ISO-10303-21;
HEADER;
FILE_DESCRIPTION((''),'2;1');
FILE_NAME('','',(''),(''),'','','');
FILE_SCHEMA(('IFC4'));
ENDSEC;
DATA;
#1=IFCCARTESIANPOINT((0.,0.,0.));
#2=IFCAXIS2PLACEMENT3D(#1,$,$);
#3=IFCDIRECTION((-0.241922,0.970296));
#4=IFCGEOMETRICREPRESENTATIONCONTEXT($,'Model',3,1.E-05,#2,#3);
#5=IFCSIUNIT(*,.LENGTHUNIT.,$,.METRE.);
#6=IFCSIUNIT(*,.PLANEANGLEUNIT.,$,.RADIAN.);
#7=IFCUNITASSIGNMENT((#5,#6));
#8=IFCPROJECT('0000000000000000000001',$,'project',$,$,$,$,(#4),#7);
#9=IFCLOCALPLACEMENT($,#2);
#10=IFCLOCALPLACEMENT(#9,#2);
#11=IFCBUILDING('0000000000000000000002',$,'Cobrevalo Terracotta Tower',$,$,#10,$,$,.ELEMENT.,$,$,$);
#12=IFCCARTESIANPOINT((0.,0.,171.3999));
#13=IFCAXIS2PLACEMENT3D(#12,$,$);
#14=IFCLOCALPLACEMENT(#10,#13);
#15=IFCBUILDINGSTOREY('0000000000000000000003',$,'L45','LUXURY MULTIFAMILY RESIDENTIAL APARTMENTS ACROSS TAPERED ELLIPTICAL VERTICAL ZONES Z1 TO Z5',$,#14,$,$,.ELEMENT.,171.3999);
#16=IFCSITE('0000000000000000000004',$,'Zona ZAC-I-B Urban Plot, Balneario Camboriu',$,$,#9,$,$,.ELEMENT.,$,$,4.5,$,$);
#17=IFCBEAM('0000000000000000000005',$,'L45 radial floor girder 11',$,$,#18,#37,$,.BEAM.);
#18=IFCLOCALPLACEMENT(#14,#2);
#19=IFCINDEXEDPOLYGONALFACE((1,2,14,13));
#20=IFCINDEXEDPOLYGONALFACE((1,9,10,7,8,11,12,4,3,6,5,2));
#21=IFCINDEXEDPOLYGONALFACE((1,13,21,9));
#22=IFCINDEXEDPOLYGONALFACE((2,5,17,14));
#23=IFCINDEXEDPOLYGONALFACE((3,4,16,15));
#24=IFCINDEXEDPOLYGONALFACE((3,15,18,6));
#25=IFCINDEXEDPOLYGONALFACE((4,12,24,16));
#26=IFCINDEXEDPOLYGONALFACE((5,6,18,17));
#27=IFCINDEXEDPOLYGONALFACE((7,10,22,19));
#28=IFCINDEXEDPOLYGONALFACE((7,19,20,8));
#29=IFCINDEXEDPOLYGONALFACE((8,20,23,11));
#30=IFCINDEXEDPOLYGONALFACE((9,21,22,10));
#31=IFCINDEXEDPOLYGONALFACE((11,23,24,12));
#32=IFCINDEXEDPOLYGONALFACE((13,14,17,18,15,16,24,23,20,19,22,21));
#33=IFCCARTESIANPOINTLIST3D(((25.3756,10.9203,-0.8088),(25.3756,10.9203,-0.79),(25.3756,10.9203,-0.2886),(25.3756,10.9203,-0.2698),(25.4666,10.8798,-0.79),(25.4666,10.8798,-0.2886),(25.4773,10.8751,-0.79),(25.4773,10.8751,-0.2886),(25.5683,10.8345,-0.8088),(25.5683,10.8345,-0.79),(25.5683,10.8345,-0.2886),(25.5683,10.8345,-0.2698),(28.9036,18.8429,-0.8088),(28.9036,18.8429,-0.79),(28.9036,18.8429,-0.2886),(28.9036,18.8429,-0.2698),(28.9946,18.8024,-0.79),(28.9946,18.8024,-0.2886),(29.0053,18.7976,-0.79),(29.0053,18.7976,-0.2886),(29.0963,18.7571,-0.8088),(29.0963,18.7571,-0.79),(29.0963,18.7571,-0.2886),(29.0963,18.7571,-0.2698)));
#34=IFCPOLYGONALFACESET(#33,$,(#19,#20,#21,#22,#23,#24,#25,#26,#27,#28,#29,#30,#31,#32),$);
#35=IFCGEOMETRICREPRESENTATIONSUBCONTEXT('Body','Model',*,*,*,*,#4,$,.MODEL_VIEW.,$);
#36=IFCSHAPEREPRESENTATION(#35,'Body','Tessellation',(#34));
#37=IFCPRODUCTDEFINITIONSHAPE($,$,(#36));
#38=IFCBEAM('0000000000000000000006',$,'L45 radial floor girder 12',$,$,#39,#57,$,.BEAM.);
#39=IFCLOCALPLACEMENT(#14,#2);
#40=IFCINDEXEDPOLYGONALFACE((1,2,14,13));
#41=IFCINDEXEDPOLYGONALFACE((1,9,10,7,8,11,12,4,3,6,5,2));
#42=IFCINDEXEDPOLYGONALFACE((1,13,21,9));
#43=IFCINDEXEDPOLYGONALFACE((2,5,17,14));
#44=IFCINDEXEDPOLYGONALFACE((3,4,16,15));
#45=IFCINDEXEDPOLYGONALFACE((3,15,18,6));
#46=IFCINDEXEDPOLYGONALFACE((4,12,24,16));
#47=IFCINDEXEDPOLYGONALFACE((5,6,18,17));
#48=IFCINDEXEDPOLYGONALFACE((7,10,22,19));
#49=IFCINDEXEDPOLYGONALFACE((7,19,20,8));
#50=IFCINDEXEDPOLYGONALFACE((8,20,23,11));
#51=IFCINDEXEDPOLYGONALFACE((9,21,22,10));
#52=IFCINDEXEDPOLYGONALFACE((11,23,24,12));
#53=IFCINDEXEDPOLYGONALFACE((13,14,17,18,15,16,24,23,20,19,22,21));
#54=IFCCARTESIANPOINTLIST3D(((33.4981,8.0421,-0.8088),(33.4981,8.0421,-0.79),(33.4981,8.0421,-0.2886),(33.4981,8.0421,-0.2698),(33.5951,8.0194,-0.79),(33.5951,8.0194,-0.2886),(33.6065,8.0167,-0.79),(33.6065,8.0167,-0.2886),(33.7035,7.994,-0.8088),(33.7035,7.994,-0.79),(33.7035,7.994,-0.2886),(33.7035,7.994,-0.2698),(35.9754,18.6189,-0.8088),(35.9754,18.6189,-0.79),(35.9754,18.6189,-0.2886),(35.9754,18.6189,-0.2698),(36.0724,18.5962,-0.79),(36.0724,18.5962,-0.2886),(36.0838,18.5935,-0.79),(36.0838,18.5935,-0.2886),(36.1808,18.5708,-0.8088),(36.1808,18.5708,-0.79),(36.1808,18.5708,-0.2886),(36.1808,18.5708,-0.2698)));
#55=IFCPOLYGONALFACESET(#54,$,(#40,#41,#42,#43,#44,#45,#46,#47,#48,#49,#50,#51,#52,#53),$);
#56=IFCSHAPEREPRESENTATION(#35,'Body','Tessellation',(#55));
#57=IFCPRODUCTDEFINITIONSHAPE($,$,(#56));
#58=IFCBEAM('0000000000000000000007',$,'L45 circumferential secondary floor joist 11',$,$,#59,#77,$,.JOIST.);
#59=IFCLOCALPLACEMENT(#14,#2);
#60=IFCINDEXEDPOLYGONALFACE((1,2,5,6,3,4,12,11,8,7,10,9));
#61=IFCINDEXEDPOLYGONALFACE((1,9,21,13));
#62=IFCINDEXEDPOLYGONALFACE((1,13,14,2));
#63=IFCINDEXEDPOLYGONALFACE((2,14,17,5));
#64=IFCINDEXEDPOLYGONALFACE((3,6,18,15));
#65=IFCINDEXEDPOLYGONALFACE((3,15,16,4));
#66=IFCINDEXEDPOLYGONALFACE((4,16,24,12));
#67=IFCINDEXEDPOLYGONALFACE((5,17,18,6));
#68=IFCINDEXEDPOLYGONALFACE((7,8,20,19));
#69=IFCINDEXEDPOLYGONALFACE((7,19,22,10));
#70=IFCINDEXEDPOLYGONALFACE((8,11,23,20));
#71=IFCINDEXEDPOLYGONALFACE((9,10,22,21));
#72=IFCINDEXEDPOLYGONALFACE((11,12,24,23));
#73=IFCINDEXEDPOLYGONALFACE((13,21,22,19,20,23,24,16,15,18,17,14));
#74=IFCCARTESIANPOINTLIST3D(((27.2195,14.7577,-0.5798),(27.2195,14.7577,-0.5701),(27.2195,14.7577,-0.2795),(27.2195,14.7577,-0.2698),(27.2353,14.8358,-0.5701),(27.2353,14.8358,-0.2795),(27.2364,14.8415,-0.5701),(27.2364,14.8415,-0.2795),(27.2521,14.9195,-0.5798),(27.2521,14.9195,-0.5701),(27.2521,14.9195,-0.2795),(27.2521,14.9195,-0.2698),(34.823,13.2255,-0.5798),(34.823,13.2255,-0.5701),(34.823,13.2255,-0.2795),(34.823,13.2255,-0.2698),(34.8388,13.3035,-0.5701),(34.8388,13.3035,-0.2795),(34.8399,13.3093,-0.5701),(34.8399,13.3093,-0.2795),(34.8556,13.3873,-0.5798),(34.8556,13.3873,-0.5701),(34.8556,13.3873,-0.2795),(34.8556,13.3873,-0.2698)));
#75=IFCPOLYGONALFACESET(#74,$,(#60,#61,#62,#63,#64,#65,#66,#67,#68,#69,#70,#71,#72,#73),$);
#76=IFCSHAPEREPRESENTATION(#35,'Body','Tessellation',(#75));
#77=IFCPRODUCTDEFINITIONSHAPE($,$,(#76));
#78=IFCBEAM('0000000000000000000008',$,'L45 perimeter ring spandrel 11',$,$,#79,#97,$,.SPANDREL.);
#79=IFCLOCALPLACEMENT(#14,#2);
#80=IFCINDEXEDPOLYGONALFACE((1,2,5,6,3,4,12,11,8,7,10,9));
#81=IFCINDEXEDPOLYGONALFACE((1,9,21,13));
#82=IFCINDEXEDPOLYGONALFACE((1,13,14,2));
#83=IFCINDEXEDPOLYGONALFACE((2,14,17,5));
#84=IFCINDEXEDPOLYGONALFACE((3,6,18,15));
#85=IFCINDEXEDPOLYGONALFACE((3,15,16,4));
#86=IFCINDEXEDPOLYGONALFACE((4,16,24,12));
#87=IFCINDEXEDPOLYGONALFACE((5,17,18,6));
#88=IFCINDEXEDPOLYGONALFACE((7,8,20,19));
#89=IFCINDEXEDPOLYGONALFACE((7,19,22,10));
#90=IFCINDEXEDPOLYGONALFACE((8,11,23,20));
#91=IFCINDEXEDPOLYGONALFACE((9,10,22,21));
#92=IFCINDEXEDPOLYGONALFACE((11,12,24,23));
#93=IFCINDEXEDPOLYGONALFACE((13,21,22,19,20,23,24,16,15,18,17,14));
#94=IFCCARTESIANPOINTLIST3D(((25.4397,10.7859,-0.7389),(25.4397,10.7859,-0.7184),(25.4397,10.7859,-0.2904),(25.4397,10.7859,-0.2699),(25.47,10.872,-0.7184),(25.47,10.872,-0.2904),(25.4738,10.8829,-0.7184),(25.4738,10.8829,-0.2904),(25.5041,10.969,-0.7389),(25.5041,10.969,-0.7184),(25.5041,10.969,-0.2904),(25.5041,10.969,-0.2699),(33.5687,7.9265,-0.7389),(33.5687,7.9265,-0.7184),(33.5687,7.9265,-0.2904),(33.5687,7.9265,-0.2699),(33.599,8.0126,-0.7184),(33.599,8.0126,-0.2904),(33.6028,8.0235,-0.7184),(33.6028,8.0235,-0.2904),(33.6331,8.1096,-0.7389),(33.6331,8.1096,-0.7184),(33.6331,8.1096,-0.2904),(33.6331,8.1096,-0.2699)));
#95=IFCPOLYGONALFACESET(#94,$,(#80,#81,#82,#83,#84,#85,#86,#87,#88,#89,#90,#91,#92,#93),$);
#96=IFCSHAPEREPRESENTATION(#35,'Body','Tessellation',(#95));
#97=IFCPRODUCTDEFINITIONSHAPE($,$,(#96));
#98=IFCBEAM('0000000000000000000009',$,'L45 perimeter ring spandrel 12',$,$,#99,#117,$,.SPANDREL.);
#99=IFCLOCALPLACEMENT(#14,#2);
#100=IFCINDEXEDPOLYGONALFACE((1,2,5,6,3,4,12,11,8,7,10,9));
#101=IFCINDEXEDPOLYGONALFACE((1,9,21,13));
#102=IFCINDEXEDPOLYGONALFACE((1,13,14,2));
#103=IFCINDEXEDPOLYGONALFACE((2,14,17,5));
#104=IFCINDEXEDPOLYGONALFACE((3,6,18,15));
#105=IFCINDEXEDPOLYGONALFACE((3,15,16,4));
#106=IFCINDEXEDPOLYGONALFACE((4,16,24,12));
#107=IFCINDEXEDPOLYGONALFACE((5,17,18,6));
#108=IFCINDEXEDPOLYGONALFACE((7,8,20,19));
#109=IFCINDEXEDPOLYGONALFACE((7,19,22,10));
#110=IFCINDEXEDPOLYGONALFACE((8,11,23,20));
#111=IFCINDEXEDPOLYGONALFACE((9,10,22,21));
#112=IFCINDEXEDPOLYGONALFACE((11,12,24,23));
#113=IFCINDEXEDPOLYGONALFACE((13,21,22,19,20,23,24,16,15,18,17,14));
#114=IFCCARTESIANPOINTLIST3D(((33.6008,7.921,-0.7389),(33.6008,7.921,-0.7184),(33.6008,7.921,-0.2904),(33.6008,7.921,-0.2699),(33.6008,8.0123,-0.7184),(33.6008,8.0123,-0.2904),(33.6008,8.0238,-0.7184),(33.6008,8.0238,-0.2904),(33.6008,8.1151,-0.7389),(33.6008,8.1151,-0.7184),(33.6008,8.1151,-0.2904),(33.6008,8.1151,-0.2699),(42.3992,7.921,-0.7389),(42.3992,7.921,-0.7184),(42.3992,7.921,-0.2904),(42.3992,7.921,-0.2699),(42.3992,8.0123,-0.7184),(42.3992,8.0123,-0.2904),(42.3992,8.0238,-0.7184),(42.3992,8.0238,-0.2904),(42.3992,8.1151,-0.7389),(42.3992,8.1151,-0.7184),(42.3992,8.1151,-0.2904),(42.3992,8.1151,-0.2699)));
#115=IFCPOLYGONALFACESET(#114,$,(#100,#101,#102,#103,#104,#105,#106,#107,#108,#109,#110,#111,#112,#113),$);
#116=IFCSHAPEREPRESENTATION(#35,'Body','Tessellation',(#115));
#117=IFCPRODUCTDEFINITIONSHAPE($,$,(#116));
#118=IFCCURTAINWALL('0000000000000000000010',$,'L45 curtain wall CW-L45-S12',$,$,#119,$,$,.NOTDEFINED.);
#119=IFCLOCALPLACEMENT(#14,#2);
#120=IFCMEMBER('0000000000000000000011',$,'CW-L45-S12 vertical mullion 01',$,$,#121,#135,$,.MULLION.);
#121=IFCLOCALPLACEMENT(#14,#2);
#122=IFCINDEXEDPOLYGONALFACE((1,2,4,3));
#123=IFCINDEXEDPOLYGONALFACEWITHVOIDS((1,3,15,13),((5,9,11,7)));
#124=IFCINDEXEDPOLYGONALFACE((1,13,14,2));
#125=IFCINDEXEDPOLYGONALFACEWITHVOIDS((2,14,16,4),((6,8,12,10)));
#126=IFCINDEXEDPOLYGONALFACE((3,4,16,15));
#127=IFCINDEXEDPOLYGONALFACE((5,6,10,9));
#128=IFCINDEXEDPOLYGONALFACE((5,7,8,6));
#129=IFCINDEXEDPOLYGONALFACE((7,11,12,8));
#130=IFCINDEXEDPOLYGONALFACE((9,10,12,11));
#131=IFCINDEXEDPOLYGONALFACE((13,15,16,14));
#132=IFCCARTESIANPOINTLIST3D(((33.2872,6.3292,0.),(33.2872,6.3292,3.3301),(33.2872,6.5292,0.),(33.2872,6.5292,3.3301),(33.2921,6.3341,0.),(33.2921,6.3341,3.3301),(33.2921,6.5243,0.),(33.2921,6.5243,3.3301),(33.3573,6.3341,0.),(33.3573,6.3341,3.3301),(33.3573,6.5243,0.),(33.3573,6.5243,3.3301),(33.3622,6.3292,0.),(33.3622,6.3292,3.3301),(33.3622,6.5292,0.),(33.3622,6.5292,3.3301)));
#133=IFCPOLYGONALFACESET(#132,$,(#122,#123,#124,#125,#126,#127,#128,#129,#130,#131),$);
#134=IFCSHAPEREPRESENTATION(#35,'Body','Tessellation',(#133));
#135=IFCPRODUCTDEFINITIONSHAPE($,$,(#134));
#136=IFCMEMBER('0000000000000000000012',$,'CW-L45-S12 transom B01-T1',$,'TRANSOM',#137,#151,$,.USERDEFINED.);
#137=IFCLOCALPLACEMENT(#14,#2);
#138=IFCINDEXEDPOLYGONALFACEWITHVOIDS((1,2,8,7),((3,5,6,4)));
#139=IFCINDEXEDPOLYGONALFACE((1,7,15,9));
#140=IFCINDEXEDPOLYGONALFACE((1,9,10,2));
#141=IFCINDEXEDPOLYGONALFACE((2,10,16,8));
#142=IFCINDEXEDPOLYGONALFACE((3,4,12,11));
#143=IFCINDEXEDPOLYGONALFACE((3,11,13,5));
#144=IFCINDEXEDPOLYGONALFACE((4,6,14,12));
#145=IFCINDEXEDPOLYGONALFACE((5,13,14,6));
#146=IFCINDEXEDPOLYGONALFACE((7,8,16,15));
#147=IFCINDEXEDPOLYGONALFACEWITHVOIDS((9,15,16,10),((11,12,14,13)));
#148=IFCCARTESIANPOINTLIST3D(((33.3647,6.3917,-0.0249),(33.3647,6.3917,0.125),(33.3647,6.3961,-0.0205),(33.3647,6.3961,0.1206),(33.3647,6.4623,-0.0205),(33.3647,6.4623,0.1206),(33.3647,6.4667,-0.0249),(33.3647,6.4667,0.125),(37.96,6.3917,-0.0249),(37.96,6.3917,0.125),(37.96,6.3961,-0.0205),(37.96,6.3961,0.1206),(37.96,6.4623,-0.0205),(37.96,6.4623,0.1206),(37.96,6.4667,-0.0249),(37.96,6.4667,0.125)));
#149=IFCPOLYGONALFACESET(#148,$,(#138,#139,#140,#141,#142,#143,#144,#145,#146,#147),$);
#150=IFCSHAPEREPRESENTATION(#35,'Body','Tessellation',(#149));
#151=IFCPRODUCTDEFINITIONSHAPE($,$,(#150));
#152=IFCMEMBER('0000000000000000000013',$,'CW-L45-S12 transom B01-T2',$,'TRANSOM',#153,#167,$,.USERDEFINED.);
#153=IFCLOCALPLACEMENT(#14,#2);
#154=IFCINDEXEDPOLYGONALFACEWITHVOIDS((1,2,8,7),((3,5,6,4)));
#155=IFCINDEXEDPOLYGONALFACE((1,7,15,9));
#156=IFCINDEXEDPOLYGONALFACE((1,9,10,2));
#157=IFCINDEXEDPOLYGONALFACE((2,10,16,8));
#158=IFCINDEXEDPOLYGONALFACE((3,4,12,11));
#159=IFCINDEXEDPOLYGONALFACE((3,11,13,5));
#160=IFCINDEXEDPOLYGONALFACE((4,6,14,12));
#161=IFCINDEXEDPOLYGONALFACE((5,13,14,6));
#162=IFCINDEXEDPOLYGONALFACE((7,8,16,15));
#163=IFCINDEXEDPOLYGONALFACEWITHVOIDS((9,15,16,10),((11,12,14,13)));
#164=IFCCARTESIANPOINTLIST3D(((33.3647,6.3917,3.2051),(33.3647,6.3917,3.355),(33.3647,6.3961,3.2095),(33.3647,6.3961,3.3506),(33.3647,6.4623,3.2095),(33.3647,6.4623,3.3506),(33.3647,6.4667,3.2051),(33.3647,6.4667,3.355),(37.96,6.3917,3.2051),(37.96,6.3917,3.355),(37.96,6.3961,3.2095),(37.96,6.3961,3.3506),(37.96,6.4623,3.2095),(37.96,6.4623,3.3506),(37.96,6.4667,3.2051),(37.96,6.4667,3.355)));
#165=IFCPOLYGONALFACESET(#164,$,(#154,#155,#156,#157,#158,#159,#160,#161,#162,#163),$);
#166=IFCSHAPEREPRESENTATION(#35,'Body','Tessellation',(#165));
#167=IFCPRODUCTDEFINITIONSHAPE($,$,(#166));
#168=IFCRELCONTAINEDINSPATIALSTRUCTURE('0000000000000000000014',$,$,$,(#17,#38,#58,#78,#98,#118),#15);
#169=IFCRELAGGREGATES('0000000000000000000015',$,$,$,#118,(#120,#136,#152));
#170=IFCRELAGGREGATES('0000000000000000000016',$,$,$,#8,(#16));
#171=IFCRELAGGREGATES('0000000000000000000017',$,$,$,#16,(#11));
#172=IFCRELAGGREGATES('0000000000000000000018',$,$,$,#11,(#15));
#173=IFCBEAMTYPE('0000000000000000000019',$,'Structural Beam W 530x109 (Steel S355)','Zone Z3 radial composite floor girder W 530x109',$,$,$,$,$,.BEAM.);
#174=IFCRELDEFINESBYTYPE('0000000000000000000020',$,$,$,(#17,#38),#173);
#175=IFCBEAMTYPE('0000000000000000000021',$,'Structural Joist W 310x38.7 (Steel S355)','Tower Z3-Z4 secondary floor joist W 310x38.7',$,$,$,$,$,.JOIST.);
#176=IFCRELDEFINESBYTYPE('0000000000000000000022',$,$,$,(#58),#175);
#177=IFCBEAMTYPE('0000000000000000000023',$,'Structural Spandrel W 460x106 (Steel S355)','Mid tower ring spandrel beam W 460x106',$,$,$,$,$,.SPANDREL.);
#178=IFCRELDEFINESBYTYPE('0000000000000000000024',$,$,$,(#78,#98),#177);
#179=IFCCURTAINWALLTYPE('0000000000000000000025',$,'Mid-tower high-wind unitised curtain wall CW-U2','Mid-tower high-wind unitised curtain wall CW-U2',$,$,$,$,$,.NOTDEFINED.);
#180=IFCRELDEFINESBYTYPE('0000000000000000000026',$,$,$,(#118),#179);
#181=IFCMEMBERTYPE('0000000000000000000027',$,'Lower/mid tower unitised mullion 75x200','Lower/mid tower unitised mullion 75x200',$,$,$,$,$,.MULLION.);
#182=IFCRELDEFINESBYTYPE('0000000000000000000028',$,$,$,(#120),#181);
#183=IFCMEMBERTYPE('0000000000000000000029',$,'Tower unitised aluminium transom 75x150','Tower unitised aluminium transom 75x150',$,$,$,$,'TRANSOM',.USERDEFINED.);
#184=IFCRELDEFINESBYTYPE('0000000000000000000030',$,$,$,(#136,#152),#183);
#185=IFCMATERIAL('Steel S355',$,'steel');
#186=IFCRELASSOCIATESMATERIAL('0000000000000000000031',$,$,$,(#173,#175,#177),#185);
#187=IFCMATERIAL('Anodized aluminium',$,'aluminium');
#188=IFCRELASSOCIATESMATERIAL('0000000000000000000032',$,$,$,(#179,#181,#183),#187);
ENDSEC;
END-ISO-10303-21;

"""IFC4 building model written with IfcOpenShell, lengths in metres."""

from ifc_helpers import new_model, si_unit, direction, frame, origin, origin_2d, place, context, subcontext, project, spatial, hollow_rectangle, i_section, extrude, source, transform, mapped, material, material_profile, profile_set, type_object, element, aggregate, save


model = new_model("IFC4")

# Units and contexts
model_context = context("Model", 3, precision=1e-05, world=origin(), true_north=direction((-0.241922, 0.970296)))
body_context = subcontext(model_context, "Body", "Model", "MODEL_VIEW")
ifc_project = project(units=[si_unit("LENGTHUNIT", "METRE"), si_unit("PLANEANGLEUNIT", "RADIAN")], contexts=[model_context])

# Site, building, storey
site_placement = place(None, origin())
site = spatial("IfcSite", under=ifc_project, at=site_placement, Name="Zona ZAC-I-B Urban Plot, Balneario Camboriu", CompositionType="ELEMENT", RefElevation=4.5)
building_placement = place(site_placement, origin())
building = spatial("IfcBuilding", under=site, at=building_placement, Name="Cobrevalo Terracotta Tower", CompositionType="ELEMENT")
storey_placement = place(building_placement, frame((0.0, 0.0, 171.3999)))
storey = spatial("IfcBuildingStorey", under=building, at=storey_placement, Name="L45", Description="LUXURY MULTIFAMILY RESIDENTIAL APARTMENTS ACROSS TAPERED ELLIPTICAL VERTICAL ZONES Z1 TO Z5", CompositionType="ELEMENT", Elevation=171.3999)

# Shared definitions
ifc_material_1 = material(Name="Steel S355", Category="steel")

# Beams
ifc_material_profile_1 = material_profile(ifc_material_1, i_section(OverallWidth=0.2109, OverallDepth=0.5391, WebThickness=0.0117, FlangeThickness=0.0188, at=origin_2d()), Name="W 530x109")
ifc_profile_set_1 = profile_set([ifc_material_profile_1], Name="Steel S355")
beam_type_1 = type_object("IfcBeamType", Name="Structural Beam W 530x109 (Steel S355)", Description="Zone Z3 radial composite floor girder W 530x109", PredefinedType="BEAM", material=ifc_profile_set_1)
beam_1_placement = place(storey_placement, frame((25.4719, 10.8774, -0.5393), z_axis=(0.406804, 0.913515, 0.0), x_axis=(-0.913515, 0.406804, 0.0)))
element("IfcBeam", 1, at=beam_1_placement, inside=storey, type_object=beam_type_1, Name="L45 radial floor girder 11", PredefinedType="BEAM", context=body_context, shape_type="SweptSolid", body=[
    extrude(i_section(OverallWidth=0.2109, OverallDepth=0.5391, WebThickness=0.0117, FlangeThickness=0.0188, at=origin_2d()), origin(), (0.0, 0.0, 1.0), 8.6726),
])
beam_2_placement = place(storey_placement, frame((33.6008, 8.0181, -0.5393), z_axis=(0.228046, 0.97365, 0.0), x_axis=(-0.97365, 0.228046, 0.0)))
element("IfcBeam", 2, at=beam_2_placement, inside=storey, type_object=beam_type_1, Name="L45 radial floor girder 12", PredefinedType="BEAM", context=body_context, shape_type="SweptSolid", body=[
    extrude(i_section(OverallWidth=0.2109, OverallDepth=0.5391, WebThickness=0.0117, FlangeThickness=0.0188, at=origin_2d()), origin(), (0.0, 0.0, 1.0), 10.863),
])
ifc_material_profile_2 = material_profile(ifc_material_1, i_section(OverallWidth=0.165, OverallDepth=0.3101, WebThickness=0.0059, FlangeThickness=0.0098, at=origin_2d()), Name="W 310x38.7")
ifc_profile_set_2 = profile_set([ifc_material_profile_2], Name="Steel S355")
beam_type_2 = type_object("IfcBeamType", Name="Structural Joist W 310x38.7 (Steel S355)", Description="Tower Z3-Z4 secondary floor joist W 310x38.7", PredefinedType="JOIST", material=ifc_profile_set_2)
beam_3_placement = place(storey_placement, frame((27.2358, 14.8386, -0.4248), z_axis=(0.980294, -0.197544, 0.0), x_axis=(0.197544, 0.980294, 0.0)))
element("IfcBeam", 3, at=beam_3_placement, inside=storey, type_object=beam_type_2, Name="L45 circumferential secondary floor joist 11", PredefinedType="JOIST", context=body_context, shape_type="SweptSolid", body=[
    extrude(i_section(OverallWidth=0.165, OverallDepth=0.3101, WebThickness=0.0059, FlangeThickness=0.0098, at=origin_2d()), origin(), (0.0, 0.0, 1.0), 7.7563),
])
ifc_material_profile_3 = material_profile(ifc_material_1, i_section(OverallWidth=0.1941, OverallDepth=0.469, WebThickness=0.0115, FlangeThickness=0.0205, at=origin_2d()), Name="W 460x106")
ifc_profile_set_3 = profile_set([ifc_material_profile_3], Name="Steel S355")
beam_type_3 = type_object("IfcBeamType", Name="Structural Spandrel W 460x106 (Steel S355)", Description="Mid tower ring spandrel beam W 460x106", PredefinedType="SPANDREL", material=ifc_profile_set_3)
beam_4_placement = place(storey_placement, frame((25.4719, 10.8774, -0.5044), z_axis=(0.943341, -0.331824, 0.0), x_axis=(0.331824, 0.943341, 0.0)))
element("IfcBeam", 4, at=beam_4_placement, inside=storey, type_object=beam_type_3, Name="L45 perimeter ring spandrel 11", PredefinedType="SPANDREL", context=body_context, shape_type="SweptSolid", body=[
    extrude(i_section(OverallWidth=0.1941, OverallDepth=0.469, WebThickness=0.0115, FlangeThickness=0.0205, at=origin_2d()), origin(), (0.0, 0.0, 1.0), 8.6172),
])
beam_5_placement = place(storey_placement, frame((33.6008, 8.0181, -0.5044), z_axis=(1.0, 0.0, 0.0), x_axis=(0.0, 1.0, 0.0)))
element("IfcBeam", 5, at=beam_5_placement, inside=storey, type_object=beam_type_3, Name="L45 perimeter ring spandrel 12", PredefinedType="SPANDREL", context=body_context, shape_type="SweptSolid", body=[
    extrude(i_section(OverallWidth=0.1941, OverallDepth=0.469, WebThickness=0.0115, FlangeThickness=0.0205, at=origin_2d()), origin(), (0.0, 0.0, 1.0), 8.7983),
])

# Curtain wall, members
ifc_material_2 = material(Name="Anodized aluminium", Category="aluminium")
curtain_wall_type = type_object("IfcCurtainWallType", Name="Mid-tower high-wind unitised curtain wall CW-U2", Description="Mid-tower high-wind unitised curtain wall CW-U2", PredefinedType="NOTDEFINED", material=ifc_material_2)
curtain_wall_placement = place(storey_placement, origin())
curtain_wall = element("IfcCurtainWall", 6, at=curtain_wall_placement, inside=storey, type_object=curtain_wall_type, Name="L45 curtain wall CW-L45-S12", PredefinedType="NOTDEFINED")
ifc_material_profile_4 = material_profile(ifc_material_2, hollow_rectangle(XDim=0.075, YDim=0.2, WallThickness=0.0049, at=origin_2d()), Name="CWM 75x200")
ifc_profile_set_4 = profile_set([ifc_material_profile_4], Name="Anodized aluminium")
member_type_1 = type_object("IfcMemberType", Name="Lower/mid tower unitised mullion 75x200", Description="Lower/mid tower unitised mullion 75x200", PredefinedType="MULLION", material=ifc_profile_set_4)
shared_shape_1 = source(origin(), body_context, "Body", "SweptSolid", [
    extrude(hollow_rectangle(XDim=0.075, YDim=0.2, WallThickness=0.0049, at=origin_2d()), origin(), (0.0, 0.0, 1.0), 3.3301),
])
member_1_placement = place(storey_placement, frame((33.3247, 6.4292, 0.0), z_axis=(0.0, 0.0, 1.0), x_axis=(1.0, 0.0, 0.0)))
member_1 = element("IfcMember", 7, at=member_1_placement, type_object=member_type_1, Name="CW-L45-S12 vertical mullion 01", PredefinedType="MULLION", context=body_context, shape_type="MappedRepresentation", body=[
    mapped(shared_shape_1, transform((0.0, 0.0, 0.0), scale=1.0)),
])
ifc_material_profile_5 = material_profile(ifc_material_2, hollow_rectangle(XDim=0.075, YDim=0.1499, WallThickness=0.0044, at=origin_2d()), Name="CWT 75x150")
ifc_profile_set_5 = profile_set([ifc_material_profile_5], Name="Anodized aluminium")
member_type_2 = type_object("IfcMemberType", Name="Tower unitised aluminium transom 75x150", Description="Tower unitised aluminium transom 75x150", ElementType="TRANSOM", PredefinedType="USERDEFINED", material=ifc_profile_set_5)
shared_shape_2 = source(origin(), body_context, "Body", "SweptSolid", [
    extrude(hollow_rectangle(XDim=0.075, YDim=0.1499, WallThickness=0.0044, at=origin_2d()), origin(), (0.0, 0.0, 1.0), 4.5952),
])
member_2_placement = place(storey_placement, frame((33.3647, 6.4292, 0.05), z_axis=(1.0, 0.0, 0.0), x_axis=(0.0, 1.0, 0.0)))
member_2 = element("IfcMember", 8, at=member_2_placement, type_object=member_type_2, Name="CW-L45-S12 transom B01-T1", ObjectType="TRANSOM", PredefinedType="USERDEFINED", context=body_context, shape_type="MappedRepresentation", body=[
    mapped(shared_shape_2, transform((0.0, 0.0, 0.0), scale=1.0)),
])
member_3_placement = place(storey_placement, frame((33.3647, 6.4292, 3.28), z_axis=(1.0, 0.0, 0.0), x_axis=(0.0, 1.0, 0.0)))
member_3 = element("IfcMember", 9, at=member_3_placement, type_object=member_type_2, Name="CW-L45-S12 transom B01-T2", ObjectType="TRANSOM", PredefinedType="USERDEFINED", context=body_context, shape_type="MappedRepresentation", body=[
    mapped(shared_shape_2, transform((0.0, 0.0, 0.0), scale=1.0)),
])
aggregate(curtain_wall, [member_1, member_2, member_3])

save(model, "model.ifc")
